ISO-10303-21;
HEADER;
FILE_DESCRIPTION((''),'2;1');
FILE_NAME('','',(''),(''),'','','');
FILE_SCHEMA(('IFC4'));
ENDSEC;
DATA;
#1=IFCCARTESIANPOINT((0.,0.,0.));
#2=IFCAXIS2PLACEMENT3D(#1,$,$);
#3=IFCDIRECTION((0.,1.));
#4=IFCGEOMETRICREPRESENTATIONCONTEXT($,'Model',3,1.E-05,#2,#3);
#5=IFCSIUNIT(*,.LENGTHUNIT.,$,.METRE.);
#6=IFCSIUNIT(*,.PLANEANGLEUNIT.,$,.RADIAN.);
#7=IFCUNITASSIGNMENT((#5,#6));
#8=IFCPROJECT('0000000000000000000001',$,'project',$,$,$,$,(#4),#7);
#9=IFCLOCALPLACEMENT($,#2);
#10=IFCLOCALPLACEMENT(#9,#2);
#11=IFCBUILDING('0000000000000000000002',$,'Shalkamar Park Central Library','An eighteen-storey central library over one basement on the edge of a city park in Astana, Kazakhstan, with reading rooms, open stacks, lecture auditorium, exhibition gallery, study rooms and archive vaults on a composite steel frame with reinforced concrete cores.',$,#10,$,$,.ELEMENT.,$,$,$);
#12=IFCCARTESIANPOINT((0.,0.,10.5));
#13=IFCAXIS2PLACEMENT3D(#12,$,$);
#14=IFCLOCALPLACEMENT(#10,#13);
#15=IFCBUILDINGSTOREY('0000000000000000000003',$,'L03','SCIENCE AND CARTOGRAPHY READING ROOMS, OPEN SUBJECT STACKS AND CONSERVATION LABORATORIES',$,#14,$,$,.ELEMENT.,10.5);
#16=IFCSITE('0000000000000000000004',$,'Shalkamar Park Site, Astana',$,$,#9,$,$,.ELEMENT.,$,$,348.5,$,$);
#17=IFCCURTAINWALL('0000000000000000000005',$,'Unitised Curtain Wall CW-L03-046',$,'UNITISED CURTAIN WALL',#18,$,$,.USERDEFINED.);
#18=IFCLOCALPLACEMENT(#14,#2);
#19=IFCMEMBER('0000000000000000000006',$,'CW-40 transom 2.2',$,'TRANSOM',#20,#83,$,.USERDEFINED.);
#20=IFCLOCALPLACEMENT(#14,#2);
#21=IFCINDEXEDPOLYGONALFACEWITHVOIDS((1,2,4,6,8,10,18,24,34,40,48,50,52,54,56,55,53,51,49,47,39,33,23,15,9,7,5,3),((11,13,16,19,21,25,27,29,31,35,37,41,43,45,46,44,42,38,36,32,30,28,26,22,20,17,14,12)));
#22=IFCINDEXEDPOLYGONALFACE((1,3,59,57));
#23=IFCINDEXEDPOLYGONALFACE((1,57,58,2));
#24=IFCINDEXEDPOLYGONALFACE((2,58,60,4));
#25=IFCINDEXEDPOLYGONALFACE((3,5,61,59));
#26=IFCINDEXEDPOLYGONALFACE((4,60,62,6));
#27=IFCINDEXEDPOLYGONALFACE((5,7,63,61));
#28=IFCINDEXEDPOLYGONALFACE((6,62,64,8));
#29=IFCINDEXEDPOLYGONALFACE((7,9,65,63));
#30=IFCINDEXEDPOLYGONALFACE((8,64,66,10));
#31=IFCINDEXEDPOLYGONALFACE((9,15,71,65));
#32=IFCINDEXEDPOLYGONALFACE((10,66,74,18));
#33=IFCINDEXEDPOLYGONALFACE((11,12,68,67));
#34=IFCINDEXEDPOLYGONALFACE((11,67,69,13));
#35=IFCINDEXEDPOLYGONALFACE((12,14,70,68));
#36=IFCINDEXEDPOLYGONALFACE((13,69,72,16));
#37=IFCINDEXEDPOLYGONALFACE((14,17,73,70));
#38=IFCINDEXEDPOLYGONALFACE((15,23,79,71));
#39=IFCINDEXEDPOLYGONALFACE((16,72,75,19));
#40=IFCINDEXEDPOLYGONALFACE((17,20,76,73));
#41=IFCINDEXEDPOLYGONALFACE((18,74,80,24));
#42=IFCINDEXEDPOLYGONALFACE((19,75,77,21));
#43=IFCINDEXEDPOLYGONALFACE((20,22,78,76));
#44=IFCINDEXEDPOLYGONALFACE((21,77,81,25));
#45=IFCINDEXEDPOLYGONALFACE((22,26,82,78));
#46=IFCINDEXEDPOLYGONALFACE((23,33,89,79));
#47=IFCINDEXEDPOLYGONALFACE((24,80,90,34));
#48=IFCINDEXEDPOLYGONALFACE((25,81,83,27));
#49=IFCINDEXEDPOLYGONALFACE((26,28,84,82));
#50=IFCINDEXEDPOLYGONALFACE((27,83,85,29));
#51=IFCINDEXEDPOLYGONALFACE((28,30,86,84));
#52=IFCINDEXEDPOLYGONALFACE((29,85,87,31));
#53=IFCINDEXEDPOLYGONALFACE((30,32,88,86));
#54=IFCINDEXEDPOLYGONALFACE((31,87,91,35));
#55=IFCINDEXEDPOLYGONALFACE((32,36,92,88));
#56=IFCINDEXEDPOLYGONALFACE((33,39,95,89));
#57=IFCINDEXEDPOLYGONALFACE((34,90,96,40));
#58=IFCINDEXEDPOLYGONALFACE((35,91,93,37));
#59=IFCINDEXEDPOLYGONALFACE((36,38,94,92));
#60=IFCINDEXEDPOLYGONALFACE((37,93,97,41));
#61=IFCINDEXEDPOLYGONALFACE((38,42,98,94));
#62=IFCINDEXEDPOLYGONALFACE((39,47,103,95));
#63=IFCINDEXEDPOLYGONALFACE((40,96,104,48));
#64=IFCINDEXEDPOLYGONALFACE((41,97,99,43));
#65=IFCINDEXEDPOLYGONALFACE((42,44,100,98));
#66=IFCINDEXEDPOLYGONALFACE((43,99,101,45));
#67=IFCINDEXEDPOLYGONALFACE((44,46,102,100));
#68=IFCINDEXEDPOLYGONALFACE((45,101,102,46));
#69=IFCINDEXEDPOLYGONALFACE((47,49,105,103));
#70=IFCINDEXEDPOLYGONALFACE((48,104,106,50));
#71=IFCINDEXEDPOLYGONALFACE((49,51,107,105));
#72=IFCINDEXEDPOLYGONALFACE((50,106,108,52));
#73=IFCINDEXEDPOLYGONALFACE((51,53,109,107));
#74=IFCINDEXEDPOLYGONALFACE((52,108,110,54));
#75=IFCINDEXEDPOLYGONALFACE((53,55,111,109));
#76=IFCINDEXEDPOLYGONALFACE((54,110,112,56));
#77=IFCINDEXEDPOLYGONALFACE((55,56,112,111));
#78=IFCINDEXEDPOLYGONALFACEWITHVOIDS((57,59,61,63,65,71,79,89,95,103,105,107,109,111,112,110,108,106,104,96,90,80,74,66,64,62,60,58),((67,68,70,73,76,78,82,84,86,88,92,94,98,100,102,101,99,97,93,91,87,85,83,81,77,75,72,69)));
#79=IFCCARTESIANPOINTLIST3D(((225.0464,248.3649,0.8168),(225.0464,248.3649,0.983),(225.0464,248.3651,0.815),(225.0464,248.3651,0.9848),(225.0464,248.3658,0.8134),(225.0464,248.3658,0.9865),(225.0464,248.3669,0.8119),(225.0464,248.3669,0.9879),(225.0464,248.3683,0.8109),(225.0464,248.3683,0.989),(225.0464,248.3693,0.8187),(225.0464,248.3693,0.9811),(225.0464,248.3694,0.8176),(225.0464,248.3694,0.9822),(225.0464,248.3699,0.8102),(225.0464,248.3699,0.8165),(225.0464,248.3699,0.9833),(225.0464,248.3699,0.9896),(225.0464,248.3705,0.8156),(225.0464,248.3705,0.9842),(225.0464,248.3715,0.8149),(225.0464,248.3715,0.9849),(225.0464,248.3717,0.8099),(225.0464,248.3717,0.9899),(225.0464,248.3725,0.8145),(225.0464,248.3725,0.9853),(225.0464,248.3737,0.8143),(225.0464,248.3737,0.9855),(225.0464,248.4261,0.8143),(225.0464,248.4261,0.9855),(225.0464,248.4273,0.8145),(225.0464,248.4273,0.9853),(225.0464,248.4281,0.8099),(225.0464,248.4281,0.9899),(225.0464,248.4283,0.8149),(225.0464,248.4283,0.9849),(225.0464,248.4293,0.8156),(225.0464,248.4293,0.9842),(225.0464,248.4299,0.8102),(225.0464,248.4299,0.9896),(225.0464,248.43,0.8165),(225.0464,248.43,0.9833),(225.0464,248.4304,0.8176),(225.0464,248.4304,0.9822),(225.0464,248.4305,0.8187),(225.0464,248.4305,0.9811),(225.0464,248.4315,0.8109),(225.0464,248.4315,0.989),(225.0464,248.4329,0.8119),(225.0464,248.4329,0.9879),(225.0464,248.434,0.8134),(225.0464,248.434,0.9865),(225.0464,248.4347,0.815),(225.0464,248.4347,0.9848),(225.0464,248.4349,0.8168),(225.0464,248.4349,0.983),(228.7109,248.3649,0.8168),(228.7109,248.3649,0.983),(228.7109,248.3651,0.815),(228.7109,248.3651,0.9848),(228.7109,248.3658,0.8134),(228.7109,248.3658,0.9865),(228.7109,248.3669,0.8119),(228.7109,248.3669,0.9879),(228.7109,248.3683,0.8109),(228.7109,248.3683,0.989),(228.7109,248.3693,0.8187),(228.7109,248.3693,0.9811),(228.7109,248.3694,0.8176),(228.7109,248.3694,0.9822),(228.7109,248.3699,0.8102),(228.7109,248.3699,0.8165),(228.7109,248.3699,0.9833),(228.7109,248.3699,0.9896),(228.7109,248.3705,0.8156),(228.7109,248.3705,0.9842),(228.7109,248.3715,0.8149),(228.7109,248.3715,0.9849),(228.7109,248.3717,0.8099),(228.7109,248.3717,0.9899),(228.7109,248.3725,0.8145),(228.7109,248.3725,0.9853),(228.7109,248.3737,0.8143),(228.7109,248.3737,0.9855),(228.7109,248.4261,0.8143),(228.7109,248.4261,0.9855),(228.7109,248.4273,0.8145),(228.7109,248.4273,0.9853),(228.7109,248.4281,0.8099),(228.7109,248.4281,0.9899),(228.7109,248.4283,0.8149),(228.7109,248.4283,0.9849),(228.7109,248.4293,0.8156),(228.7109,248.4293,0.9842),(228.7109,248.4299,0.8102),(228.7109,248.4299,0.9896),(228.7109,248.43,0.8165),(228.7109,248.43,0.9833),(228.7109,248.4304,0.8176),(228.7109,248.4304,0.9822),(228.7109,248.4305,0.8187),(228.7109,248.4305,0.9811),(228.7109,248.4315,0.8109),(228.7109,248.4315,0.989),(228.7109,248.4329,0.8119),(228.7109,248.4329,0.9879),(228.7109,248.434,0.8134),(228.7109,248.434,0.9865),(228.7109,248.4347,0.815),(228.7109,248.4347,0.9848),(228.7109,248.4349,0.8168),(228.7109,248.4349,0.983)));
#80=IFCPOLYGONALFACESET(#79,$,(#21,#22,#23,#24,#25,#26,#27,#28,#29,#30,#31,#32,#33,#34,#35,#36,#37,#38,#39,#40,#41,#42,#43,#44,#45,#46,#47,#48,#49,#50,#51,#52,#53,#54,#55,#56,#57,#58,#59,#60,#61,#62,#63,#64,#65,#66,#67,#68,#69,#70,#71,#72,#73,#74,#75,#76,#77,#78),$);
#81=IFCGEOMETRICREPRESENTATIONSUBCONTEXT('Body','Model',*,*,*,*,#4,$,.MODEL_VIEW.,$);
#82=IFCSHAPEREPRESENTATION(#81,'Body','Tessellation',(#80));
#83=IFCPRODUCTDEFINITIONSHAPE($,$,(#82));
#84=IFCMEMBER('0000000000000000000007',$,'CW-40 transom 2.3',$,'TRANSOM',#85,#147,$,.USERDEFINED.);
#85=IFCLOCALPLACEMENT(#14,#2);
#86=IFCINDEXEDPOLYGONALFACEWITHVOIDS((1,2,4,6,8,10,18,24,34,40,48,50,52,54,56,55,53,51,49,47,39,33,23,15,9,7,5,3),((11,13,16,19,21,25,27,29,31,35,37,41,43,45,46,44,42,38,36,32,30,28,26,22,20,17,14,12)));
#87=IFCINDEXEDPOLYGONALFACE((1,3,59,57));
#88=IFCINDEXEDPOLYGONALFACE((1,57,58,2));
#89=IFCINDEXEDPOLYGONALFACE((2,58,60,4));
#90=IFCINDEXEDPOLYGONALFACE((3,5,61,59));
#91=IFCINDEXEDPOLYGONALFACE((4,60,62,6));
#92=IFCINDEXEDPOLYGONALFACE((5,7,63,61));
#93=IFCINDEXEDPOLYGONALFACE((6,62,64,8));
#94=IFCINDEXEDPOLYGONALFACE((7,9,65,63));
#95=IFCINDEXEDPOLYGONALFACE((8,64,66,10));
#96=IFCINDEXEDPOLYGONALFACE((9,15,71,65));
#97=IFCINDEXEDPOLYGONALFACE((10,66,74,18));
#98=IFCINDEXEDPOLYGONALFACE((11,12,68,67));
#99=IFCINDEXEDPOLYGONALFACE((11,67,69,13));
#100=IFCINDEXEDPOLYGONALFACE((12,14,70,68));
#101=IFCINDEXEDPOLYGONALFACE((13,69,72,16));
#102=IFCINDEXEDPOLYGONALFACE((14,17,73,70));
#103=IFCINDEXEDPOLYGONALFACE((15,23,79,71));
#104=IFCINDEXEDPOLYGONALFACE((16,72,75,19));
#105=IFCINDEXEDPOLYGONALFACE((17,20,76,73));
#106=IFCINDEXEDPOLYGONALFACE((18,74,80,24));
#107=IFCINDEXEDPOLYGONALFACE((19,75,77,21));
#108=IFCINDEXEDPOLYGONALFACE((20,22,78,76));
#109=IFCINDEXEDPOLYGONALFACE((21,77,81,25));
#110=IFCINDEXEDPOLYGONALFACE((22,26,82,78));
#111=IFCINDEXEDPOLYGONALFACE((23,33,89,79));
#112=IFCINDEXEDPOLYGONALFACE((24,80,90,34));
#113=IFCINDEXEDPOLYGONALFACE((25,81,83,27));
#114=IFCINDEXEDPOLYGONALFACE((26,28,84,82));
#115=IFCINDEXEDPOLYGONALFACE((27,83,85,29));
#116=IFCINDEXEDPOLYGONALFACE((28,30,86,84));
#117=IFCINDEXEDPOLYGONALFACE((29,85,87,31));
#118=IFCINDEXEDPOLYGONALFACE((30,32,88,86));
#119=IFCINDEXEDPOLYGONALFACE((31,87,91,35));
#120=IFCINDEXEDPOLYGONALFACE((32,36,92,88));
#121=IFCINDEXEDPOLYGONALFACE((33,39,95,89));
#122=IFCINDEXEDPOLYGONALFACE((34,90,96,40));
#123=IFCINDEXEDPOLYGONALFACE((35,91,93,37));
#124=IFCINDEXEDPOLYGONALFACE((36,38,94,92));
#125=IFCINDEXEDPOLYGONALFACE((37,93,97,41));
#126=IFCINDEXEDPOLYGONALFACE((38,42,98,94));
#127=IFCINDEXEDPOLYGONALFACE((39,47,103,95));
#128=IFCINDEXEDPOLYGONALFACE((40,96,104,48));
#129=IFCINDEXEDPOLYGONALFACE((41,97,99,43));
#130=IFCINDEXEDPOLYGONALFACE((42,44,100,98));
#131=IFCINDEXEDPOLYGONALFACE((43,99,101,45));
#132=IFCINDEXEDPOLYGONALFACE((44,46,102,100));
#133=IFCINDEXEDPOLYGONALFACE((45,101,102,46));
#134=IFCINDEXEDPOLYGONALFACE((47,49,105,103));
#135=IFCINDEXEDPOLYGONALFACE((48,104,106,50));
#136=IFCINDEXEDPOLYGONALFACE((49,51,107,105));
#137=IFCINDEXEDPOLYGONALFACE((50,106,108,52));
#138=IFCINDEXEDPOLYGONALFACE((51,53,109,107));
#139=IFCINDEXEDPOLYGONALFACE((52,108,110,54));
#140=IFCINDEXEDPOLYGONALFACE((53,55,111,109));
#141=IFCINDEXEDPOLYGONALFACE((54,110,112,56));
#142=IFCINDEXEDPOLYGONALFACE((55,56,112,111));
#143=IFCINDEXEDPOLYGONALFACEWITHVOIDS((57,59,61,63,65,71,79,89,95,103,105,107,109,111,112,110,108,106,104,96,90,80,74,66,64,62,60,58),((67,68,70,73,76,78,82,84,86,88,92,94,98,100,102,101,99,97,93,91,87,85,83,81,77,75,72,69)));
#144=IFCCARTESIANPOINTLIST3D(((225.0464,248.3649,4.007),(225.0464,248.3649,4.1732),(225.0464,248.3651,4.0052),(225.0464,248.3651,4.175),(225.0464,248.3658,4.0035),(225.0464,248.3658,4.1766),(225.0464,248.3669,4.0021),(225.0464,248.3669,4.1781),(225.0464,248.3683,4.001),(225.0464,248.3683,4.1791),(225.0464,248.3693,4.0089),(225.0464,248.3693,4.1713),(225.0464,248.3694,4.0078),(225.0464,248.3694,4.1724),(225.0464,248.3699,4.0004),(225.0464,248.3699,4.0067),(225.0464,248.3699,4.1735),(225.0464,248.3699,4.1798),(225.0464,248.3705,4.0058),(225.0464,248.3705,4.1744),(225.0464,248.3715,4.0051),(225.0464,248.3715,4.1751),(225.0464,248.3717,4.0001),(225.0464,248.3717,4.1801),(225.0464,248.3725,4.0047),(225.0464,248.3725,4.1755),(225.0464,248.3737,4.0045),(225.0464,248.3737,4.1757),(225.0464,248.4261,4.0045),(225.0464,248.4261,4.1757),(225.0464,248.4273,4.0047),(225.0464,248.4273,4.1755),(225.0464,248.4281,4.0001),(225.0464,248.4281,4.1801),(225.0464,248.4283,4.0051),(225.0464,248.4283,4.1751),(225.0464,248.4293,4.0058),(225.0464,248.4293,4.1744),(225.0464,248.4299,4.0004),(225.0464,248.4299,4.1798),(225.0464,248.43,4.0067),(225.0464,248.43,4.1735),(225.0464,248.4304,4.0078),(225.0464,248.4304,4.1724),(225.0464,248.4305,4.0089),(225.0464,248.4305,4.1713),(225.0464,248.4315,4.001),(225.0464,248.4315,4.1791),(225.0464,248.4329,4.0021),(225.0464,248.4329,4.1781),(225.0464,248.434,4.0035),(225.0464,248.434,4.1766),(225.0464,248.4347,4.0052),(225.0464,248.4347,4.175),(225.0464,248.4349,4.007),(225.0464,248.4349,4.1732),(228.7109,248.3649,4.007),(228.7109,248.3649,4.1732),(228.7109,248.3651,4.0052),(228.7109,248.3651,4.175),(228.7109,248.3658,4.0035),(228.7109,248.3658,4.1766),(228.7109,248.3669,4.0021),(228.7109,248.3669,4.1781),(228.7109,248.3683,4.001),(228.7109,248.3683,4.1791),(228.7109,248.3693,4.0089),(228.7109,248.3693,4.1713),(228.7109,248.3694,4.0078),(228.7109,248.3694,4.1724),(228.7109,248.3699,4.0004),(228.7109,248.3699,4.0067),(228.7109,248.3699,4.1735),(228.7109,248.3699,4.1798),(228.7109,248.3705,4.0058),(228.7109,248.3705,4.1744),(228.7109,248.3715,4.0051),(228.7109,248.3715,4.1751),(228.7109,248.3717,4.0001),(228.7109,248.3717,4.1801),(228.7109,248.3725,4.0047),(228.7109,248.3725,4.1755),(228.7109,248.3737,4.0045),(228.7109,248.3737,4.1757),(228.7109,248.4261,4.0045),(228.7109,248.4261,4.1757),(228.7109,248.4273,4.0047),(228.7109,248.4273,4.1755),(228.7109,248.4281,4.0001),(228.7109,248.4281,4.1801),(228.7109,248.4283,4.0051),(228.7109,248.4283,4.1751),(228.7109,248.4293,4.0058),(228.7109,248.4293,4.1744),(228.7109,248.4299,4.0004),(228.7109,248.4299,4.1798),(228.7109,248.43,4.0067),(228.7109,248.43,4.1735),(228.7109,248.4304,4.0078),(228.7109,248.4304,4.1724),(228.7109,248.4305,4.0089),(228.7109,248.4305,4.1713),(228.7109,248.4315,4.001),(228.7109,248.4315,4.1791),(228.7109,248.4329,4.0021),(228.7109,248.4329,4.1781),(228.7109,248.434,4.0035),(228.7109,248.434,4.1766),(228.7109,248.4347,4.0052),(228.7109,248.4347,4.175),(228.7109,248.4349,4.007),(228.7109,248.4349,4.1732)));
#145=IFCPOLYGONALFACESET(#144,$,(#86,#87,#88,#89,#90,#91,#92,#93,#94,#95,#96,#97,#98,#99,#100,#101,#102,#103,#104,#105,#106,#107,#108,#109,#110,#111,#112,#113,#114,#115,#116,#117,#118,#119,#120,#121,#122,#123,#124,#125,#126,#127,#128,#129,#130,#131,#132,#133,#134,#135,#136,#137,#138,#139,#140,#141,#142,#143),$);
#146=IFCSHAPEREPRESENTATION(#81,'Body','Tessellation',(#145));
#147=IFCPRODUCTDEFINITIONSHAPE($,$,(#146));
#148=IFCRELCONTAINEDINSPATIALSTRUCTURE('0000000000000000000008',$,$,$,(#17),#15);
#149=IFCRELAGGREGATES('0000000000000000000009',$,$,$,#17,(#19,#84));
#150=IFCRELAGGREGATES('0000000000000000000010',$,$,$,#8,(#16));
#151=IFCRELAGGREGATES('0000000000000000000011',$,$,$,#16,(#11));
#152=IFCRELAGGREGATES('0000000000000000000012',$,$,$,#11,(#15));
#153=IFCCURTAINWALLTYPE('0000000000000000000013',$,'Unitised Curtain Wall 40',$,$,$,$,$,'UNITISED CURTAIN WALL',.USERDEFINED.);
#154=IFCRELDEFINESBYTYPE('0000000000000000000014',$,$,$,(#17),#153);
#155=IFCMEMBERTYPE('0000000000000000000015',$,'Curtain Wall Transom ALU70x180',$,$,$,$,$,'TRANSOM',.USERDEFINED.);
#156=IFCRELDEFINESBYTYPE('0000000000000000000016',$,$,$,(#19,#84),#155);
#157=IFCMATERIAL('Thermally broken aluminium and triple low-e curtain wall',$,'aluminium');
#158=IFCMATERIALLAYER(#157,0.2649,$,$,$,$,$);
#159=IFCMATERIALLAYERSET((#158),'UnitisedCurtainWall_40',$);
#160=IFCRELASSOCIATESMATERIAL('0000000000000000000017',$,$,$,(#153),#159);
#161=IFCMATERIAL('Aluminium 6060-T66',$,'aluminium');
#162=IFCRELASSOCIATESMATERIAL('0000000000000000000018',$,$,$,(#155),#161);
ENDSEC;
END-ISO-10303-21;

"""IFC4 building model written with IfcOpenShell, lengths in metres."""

from ifc_helpers import new_model, si_unit, direction, frame, origin, origin_2d, place, context, subcontext, project, spatial, hollow_rectangle, extrude, material, layer, layer_set, material_profile, profile_set, type_object, element, aggregate, save


model = new_model("IFC4")

# Units and contexts
model_context = context("Model", 3, precision=1e-05, world=origin(), true_north=direction((0.0, 1.0)))
body_context = subcontext(model_context, "Body", "Model", "MODEL_VIEW")
ifc_project = project(units=[si_unit("LENGTHUNIT", "METRE"), si_unit("PLANEANGLEUNIT", "RADIAN")], contexts=[model_context])

# Site, building, storey
site_placement = place(None, origin())
site = spatial("IfcSite", under=ifc_project, at=site_placement, Name="Shalkamar Park Site, Astana", CompositionType="ELEMENT", RefElevation=348.5)
building_placement = place(site_placement, origin())
building = spatial("IfcBuilding", under=site, at=building_placement, Name="Shalkamar Park Central Library", Description="An eighteen-storey central library over one basement on the edge of a city park in Astana, Kazakhstan, with reading rooms, open stacks, lecture auditorium, exhibition gallery, study rooms and archive vaults on a composite steel frame with reinforced concrete cores.", CompositionType="ELEMENT")
storey_placement = place(building_placement, frame((0.0, 0.0, 10.5)))
storey = spatial("IfcBuildingStorey", under=building, at=storey_placement, Name="L03", Description="SCIENCE AND CARTOGRAPHY READING ROOMS, OPEN SUBJECT STACKS AND CONSERVATION LABORATORIES", CompositionType="ELEMENT", Elevation=10.5)

# Curtain wall, members
ifc_material_1 = material(Name="Thermally broken aluminium and triple low-e curtain wall", Category="aluminium")
ifc_layer_1 = layer(ifc_material_1, 0.2649)
ifc_layer_set_1 = layer_set([ifc_layer_1], Name="UnitisedCurtainWall_40")
curtain_wall_type = type_object("IfcCurtainWallType", Name="Unitised Curtain Wall 40", ElementType="UNITISED CURTAIN WALL", PredefinedType="USERDEFINED", material=ifc_layer_set_1)
curtain_wall_placement = place(storey_placement, origin())
curtain_wall = element("IfcCurtainWall", 1, at=curtain_wall_placement, inside=storey, type_object=curtain_wall_type, Name="Unitised Curtain Wall CW-L03-046", ObjectType="UNITISED CURTAIN WALL", PredefinedType="USERDEFINED")
ifc_material_2 = material(Name="Aluminium 6060-T66", Category="aluminium")
ifc_material_profile_1 = material_profile(ifc_material_2, hollow_rectangle(XDim=0.0701, YDim=0.1799, WallThickness=0.0044, InnerFilletRadius=0.0044, OuterFilletRadius=0.0068, at=origin_2d()), Name="ALU 70x180x4.5")
ifc_profile_set_1 = profile_set([ifc_material_profile_1], Name="Aluminium 6060-T66")
member_type_1 = type_object("IfcMemberType", Name="Curtain Wall Transom ALU70x180", ElementType="TRANSOM", PredefinedType="USERDEFINED", material=ifc_profile_set_1)
member_1_placement = place(storey_placement, frame((225.0464, 248.3999, 0.8999), z_axis=(1.0, 0.0, 0.0), x_axis=(0.0, 1.0, 0.0)))
member_1 = element("IfcMember", 2, at=member_1_placement, type_object=member_type_1, Name="CW-40 transom 2.2", ObjectType="TRANSOM", PredefinedType="USERDEFINED", context=body_context, shape_type="SweptSolid", body=[
    extrude(hollow_rectangle(XDim=0.0701, YDim=0.1799, WallThickness=0.0044, InnerFilletRadius=0.0044, OuterFilletRadius=0.0068, at=origin_2d()), origin(), (0.0, 0.0, 1.0), 3.6646),
])
member_2_placement = place(storey_placement, frame((225.0464, 248.3999, 4.0901), z_axis=(1.0, 0.0, 0.0), x_axis=(0.0, 1.0, 0.0)))
member_2 = element("IfcMember", 3, at=member_2_placement, type_object=member_type_1, Name="CW-40 transom 2.3", ObjectType="TRANSOM", PredefinedType="USERDEFINED", context=body_context, shape_type="SweptSolid", body=[
    extrude(hollow_rectangle(XDim=0.0701, YDim=0.1799, WallThickness=0.0044, InnerFilletRadius=0.0044, OuterFilletRadius=0.0068, at=origin_2d()), origin(), (0.0, 0.0, 1.0), 3.6646),
])

aggregate(curtain_wall, [member_1, member_2])

save(model, "model.ifc")
